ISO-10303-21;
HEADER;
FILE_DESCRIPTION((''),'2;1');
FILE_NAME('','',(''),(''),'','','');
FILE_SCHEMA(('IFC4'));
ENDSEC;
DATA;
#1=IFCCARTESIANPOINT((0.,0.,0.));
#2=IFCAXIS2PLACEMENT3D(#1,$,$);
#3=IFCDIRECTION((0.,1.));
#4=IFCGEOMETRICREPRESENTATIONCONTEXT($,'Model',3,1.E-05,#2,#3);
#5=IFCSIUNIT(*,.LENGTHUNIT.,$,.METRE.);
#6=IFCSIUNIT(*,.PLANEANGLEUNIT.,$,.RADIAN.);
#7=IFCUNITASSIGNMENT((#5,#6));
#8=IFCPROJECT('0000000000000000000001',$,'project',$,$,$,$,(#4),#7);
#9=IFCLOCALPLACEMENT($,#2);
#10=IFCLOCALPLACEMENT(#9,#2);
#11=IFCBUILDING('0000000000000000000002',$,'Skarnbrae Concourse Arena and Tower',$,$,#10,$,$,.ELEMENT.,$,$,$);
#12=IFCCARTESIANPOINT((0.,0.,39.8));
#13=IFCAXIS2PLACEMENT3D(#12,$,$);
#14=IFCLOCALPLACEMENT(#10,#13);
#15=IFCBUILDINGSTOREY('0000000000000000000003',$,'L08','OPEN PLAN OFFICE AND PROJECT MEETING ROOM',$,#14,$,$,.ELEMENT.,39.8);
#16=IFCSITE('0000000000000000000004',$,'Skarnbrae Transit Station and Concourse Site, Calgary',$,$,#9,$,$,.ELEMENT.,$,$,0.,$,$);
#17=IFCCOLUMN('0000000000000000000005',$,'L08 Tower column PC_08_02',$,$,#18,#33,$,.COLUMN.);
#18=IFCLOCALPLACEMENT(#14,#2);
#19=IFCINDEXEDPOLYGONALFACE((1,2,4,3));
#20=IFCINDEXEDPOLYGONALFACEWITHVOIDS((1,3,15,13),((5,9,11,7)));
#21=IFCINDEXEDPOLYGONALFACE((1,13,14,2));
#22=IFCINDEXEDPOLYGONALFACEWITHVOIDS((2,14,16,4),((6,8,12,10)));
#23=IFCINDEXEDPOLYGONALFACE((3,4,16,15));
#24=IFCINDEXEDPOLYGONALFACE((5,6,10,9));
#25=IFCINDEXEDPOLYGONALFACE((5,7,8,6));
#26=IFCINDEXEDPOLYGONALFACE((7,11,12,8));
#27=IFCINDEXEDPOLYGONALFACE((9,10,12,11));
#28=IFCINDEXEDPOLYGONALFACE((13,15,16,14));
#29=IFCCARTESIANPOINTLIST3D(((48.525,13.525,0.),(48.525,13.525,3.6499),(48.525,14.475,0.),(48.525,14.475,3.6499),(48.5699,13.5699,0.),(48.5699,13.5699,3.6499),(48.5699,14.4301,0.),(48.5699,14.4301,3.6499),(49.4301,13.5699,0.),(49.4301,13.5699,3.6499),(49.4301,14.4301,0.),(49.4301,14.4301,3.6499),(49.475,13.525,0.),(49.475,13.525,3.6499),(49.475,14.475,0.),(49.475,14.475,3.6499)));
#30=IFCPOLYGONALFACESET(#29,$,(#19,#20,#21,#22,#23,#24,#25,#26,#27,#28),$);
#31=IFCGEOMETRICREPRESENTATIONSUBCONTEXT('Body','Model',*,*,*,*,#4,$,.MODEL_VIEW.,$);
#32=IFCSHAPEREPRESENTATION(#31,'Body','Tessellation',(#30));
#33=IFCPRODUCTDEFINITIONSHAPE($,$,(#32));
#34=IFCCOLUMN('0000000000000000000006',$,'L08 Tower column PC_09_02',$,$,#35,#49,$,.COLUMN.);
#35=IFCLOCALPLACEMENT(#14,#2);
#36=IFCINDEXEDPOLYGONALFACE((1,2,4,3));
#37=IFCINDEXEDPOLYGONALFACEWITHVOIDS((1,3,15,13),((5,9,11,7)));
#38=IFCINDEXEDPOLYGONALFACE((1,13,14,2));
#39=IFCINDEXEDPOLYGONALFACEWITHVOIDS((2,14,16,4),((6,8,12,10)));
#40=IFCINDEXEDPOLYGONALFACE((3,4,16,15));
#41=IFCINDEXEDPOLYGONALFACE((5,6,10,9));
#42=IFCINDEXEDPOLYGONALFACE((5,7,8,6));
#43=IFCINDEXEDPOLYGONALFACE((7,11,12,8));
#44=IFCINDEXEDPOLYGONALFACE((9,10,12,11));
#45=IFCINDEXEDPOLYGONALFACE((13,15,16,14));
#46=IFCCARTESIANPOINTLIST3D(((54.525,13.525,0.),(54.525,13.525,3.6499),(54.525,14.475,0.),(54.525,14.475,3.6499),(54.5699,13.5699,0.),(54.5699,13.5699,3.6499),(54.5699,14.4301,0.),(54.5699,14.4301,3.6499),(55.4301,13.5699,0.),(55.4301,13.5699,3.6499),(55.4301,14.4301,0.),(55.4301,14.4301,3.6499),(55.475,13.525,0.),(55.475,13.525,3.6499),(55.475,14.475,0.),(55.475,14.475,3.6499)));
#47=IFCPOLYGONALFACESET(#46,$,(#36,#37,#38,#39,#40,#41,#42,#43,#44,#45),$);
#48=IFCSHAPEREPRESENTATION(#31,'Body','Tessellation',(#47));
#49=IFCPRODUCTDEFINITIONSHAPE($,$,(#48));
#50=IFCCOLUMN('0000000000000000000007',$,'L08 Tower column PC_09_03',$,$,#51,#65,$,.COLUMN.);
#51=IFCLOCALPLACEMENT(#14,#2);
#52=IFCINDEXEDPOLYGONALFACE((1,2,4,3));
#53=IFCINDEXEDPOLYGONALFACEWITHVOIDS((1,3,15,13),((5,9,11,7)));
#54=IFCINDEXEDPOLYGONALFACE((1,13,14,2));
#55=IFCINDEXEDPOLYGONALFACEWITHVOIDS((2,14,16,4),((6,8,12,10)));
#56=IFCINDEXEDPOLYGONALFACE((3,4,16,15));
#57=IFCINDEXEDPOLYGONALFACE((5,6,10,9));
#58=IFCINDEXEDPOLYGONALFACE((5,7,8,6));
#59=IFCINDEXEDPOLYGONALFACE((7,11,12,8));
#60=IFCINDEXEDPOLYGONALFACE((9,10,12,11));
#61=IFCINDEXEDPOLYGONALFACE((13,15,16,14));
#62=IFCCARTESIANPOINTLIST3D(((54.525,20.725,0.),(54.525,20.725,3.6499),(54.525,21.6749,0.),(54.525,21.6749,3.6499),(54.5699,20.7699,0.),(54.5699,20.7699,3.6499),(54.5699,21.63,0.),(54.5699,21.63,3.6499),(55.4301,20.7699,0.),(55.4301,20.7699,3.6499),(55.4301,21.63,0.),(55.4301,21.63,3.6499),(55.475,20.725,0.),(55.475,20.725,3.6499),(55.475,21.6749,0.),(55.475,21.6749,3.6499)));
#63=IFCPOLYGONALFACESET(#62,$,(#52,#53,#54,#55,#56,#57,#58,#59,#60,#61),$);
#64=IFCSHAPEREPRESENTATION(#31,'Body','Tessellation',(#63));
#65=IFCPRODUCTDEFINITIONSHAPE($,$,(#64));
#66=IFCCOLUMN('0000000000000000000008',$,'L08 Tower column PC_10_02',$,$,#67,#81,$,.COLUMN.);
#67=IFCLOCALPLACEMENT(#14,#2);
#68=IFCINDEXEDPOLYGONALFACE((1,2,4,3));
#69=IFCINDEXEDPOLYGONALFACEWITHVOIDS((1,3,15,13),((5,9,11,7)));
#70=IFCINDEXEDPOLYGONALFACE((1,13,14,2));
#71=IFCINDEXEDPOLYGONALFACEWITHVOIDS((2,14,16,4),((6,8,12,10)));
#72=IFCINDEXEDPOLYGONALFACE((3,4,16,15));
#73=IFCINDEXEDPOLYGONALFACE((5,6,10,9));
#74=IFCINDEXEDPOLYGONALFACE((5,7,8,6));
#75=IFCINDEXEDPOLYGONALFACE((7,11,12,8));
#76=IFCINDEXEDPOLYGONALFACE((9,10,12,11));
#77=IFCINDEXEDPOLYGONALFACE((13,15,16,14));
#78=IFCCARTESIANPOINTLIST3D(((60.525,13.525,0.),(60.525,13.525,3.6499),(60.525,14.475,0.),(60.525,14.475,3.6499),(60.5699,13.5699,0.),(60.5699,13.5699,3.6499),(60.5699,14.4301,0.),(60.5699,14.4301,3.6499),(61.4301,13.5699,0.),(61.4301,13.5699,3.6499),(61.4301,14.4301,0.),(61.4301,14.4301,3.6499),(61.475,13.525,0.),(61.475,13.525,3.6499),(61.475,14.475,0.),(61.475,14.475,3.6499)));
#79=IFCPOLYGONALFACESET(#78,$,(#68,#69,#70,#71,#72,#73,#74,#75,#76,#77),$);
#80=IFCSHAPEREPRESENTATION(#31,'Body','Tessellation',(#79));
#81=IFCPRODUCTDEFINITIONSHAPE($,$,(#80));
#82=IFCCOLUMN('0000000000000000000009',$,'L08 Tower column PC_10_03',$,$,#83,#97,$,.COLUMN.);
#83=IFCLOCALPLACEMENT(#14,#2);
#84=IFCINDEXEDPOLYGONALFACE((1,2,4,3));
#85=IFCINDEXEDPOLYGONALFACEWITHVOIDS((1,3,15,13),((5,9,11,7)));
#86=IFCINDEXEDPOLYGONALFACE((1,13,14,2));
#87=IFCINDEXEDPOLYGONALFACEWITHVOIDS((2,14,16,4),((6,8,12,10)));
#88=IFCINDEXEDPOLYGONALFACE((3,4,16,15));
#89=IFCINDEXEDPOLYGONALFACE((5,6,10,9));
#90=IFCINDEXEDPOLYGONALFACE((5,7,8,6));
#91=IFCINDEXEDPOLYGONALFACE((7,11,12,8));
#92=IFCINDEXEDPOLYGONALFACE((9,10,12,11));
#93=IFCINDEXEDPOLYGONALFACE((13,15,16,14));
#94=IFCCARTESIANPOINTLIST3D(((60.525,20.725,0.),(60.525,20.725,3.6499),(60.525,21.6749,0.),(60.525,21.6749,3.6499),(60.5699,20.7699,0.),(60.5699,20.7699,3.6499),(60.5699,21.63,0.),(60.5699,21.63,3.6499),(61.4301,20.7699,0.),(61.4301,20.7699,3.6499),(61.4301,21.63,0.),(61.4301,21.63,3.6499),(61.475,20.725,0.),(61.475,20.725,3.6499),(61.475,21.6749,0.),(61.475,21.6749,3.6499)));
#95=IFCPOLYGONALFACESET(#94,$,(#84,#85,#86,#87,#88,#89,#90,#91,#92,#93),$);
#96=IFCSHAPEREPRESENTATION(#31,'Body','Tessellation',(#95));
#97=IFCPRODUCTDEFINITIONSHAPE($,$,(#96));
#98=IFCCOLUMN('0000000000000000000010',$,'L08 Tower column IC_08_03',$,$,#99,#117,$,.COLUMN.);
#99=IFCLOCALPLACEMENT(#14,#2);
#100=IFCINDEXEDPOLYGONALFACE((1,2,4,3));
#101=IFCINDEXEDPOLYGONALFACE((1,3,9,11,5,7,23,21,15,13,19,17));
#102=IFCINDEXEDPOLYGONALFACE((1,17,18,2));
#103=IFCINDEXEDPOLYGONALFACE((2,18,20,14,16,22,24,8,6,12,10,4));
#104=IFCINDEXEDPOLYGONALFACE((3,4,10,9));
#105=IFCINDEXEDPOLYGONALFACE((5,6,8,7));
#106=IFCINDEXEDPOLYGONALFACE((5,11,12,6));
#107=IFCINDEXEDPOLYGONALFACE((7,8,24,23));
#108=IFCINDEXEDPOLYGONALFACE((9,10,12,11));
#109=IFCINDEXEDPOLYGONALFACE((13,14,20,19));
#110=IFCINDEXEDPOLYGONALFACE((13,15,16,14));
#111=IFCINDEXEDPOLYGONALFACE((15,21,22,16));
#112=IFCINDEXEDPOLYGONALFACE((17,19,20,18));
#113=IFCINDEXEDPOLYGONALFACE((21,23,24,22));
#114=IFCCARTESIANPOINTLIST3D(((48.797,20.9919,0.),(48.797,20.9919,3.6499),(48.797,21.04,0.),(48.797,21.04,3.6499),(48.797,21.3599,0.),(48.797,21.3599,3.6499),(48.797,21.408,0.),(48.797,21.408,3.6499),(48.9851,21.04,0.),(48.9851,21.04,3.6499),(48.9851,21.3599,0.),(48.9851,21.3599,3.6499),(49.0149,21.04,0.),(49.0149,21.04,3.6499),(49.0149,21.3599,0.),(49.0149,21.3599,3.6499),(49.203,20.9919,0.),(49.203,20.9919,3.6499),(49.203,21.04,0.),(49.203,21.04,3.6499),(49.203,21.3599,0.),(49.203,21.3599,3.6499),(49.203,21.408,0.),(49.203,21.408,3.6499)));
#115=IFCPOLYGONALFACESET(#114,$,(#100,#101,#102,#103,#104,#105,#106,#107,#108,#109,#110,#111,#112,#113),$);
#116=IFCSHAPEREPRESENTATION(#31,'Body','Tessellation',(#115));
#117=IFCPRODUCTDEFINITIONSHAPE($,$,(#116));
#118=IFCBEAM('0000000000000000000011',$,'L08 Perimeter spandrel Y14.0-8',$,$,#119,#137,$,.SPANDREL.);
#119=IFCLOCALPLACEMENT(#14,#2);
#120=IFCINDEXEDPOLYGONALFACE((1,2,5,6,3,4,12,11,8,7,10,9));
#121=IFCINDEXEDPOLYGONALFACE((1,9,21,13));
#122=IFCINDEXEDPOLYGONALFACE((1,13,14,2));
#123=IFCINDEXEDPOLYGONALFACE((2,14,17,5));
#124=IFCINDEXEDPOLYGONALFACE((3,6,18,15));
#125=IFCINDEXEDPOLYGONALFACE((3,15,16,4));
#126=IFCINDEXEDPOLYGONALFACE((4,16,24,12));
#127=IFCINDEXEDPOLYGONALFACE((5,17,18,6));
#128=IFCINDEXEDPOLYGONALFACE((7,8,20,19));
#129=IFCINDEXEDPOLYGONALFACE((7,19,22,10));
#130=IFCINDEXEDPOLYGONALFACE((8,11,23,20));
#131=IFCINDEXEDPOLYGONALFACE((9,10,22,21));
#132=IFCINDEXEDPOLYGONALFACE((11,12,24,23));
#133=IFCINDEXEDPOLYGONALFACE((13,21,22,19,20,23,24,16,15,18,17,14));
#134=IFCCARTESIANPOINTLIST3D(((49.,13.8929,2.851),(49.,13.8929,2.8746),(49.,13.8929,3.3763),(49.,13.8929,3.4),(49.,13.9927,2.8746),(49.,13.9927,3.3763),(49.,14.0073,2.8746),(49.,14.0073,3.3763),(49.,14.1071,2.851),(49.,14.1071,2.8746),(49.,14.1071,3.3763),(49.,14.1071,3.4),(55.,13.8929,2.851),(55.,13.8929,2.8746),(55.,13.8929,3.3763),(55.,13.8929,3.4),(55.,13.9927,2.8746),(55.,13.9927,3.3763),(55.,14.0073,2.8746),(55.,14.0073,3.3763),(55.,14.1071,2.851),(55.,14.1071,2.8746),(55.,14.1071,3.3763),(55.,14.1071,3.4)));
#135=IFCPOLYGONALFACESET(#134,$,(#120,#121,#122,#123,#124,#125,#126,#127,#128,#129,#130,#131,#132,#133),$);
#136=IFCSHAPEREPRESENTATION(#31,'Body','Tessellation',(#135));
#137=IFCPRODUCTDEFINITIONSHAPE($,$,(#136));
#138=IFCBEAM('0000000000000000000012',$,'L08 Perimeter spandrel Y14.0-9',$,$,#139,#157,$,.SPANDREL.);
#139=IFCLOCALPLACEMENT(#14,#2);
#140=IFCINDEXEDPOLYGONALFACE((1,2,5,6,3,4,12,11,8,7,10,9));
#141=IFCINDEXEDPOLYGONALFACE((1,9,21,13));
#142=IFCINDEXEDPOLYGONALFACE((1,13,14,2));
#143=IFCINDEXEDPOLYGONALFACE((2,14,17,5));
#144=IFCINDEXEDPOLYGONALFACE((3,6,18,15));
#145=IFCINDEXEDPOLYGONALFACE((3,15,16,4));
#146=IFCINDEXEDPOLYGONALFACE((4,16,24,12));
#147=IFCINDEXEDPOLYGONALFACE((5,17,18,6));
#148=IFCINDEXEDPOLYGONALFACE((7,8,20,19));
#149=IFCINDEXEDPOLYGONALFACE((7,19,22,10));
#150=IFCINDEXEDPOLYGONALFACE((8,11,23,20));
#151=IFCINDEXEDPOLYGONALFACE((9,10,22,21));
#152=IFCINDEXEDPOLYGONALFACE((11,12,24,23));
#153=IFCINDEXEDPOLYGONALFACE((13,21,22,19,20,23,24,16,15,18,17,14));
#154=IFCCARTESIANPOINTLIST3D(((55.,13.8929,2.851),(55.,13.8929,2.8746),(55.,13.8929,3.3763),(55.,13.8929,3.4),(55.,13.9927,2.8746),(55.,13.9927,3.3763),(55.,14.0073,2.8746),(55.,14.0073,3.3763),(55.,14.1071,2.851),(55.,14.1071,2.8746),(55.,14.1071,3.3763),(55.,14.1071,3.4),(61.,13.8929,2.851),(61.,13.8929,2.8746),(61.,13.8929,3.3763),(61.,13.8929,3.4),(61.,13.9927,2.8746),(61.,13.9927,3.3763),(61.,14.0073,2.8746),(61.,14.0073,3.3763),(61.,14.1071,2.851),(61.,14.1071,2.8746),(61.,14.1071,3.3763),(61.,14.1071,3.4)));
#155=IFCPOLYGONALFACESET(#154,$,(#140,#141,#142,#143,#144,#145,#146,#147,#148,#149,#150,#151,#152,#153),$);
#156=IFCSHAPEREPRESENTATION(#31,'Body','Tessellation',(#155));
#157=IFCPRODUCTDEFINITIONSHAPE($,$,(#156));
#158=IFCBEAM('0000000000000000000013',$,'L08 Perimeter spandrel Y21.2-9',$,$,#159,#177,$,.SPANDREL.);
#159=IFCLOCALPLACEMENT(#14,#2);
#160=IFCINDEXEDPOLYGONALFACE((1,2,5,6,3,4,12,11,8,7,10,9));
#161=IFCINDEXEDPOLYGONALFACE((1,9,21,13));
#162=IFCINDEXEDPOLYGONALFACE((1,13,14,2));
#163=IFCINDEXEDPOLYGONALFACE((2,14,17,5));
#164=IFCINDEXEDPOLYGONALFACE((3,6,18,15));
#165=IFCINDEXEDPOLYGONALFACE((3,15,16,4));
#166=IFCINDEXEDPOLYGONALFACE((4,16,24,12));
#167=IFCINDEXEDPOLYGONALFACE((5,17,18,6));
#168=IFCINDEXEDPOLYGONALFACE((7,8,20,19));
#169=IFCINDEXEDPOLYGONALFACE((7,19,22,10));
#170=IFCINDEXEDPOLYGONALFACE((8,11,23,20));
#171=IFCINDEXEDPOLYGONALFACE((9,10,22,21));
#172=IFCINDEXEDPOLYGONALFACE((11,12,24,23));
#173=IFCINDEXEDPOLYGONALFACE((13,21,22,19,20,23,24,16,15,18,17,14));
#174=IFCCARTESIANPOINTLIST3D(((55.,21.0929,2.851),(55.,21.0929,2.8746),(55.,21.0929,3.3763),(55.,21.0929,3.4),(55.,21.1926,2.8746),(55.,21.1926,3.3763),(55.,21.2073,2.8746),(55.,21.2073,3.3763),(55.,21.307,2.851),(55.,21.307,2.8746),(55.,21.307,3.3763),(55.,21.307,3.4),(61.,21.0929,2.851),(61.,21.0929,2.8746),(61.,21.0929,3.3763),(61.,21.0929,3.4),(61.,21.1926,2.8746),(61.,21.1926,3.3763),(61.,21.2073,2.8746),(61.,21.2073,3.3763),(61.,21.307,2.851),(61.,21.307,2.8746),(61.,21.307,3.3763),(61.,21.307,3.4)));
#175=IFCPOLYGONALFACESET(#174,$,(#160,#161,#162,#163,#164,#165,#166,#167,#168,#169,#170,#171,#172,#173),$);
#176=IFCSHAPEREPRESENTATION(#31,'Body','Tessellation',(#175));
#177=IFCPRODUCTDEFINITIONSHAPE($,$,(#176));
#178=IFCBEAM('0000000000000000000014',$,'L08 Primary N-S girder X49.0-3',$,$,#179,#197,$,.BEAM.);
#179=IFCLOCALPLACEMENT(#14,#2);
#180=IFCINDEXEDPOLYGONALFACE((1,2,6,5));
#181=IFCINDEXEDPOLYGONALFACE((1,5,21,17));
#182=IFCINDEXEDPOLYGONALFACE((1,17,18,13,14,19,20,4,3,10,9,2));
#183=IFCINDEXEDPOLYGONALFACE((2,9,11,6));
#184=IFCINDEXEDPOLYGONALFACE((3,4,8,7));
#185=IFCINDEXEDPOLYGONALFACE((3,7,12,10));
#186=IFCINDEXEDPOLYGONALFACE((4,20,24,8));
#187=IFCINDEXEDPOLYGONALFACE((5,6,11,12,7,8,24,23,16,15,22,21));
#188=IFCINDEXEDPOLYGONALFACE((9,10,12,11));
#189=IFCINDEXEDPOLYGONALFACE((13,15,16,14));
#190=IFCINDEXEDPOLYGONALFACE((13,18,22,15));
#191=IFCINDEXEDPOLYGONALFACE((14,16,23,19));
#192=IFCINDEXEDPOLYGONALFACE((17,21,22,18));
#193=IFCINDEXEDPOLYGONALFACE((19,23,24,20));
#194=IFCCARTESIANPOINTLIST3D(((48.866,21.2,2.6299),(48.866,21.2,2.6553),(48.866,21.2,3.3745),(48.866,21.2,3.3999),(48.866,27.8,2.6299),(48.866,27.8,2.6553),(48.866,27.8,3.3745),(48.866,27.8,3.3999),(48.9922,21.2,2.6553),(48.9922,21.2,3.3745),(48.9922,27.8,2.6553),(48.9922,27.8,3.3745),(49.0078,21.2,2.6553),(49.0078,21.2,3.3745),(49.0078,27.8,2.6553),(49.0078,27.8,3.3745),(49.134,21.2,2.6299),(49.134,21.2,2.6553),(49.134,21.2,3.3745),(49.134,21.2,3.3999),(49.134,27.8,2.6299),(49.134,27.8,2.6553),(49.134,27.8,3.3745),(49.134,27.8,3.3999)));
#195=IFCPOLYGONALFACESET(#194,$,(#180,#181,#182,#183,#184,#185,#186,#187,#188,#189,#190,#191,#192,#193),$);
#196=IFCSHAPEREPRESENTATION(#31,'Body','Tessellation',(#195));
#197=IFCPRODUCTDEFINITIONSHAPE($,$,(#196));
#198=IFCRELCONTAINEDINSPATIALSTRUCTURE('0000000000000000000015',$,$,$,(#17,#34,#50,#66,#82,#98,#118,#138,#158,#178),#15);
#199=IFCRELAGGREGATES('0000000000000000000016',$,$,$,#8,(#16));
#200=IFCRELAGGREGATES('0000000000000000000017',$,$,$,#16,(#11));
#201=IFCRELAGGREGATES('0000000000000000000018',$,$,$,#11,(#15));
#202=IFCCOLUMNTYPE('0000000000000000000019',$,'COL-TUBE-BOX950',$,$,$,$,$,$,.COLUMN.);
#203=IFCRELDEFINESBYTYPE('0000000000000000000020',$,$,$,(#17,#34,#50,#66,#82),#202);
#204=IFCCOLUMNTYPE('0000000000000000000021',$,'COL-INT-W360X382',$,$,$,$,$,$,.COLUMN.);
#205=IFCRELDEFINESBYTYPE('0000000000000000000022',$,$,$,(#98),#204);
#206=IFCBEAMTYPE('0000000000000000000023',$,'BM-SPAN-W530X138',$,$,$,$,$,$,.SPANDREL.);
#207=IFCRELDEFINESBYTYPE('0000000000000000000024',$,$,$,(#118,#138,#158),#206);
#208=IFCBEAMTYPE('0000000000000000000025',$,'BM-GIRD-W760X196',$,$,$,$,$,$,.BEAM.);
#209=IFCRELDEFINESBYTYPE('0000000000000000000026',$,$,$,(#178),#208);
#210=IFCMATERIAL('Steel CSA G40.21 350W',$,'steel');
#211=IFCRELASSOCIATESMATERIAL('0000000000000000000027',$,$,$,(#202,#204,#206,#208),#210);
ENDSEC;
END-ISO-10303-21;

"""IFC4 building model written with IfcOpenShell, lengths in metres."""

from ifc_helpers import new_model, si_unit, direction, frame, origin, origin_2d, place, context, subcontext, project, spatial, hollow_rectangle, i_section, extrude, source, transform, mapped, material, material_profile, profile_set, type_object, element, save


model = new_model("IFC4")

# Units and contexts
model_context = context("Model", 3, precision=1e-05, world=origin(), true_north=direction((0.0, 1.0)))
body_context = subcontext(model_context, "Body", "Model", "MODEL_VIEW")
ifc_project = project(units=[si_unit("LENGTHUNIT", "METRE"), si_unit("PLANEANGLEUNIT", "RADIAN")], contexts=[model_context])

# Site, building, storey
site_placement = place(None, origin())
site = spatial("IfcSite", under=ifc_project, at=site_placement, Name="Skarnbrae Transit Station and Concourse Site, Calgary", CompositionType="ELEMENT", RefElevation=0.0)
building_placement = place(site_placement, origin())
building = spatial("IfcBuilding", under=site, at=building_placement, Name="Skarnbrae Concourse Arena and Tower", CompositionType="ELEMENT")
storey_placement = place(building_placement, frame((0.0, 0.0, 39.8)))
storey = spatial("IfcBuildingStorey", under=building, at=storey_placement, Name="L08", Description="OPEN PLAN OFFICE AND PROJECT MEETING ROOM", CompositionType="ELEMENT", Elevation=39.8)

# Columns
ifc_material_1 = material(Name="Steel CSA G40.21 350W", Category="steel")
ifc_material_profile_1 = material_profile(ifc_material_1, hollow_rectangle(XDim=0.95, YDim=0.95, WallThickness=0.0449, at=origin_2d()), Name="BOX950X950X45")
ifc_profile_set_1 = profile_set([ifc_material_profile_1], Name="Steel CSA G40.21 350W")
column_type_1 = type_object("IfcColumnType", Name="COL-TUBE-BOX950", PredefinedType="COLUMN", material=ifc_profile_set_1)
shared_shape_1 = source(origin(), body_context, "Body", "SweptSolid", [
    extrude(hollow_rectangle(XDim=0.95, YDim=0.95, WallThickness=0.0449, at=origin_2d()), origin(), (0.0, 0.0, 1.0), 3.6499),
])
for number, where, z_axis, x_axis, name in (
    (1, (49.0, 14.0, 0.0), (0.0, 0.0, 1.0), (1.0, 0.0, 0.0), "L08 Tower column PC_08_02"),
    (2, (55.0, 14.0, 0.0), (0.0, 0.0, 1.0), (1.0, 0.0, 0.0), "L08 Tower column PC_09_02"),
    (3, (55.0, 21.2, 0.0), (0.0, 0.0, 1.0), (1.0, 0.0, 0.0), "L08 Tower column PC_09_03"),
    (4, (61.0, 14.0, 0.0), (0.0, 0.0, 1.0), (1.0, 0.0, 0.0), "L08 Tower column PC_10_02"),
    (5, (61.0, 21.2, 0.0), (0.0, 0.0, 1.0), (1.0, 0.0, 0.0), "L08 Tower column PC_10_03"),
):
    element("IfcColumn", number, at=place(storey_placement, frame(where, z_axis=z_axis, x_axis=x_axis)), inside=storey, type_object=column_type_1, Name=name, PredefinedType="COLUMN", context=body_context, shape_type="MappedRepresentation", body=[
        mapped(shared_shape_1, transform((0.0, 0.0, 0.0))),
    ])
ifc_material_profile_2 = material_profile(ifc_material_1, i_section(OverallWidth=0.406, OverallDepth=0.416, WebThickness=0.0298, FlangeThickness=0.0481, at=origin_2d()), Name="W360X382")
ifc_profile_set_2 = profile_set([ifc_material_profile_2], Name="Steel CSA G40.21 350W")
column_type_2 = type_object("IfcColumnType", Name="COL-INT-W360X382", PredefinedType="COLUMN", material=ifc_profile_set_2)
shared_shape_2 = source(origin(), body_context, "Body", "SweptSolid", [
    extrude(i_section(OverallWidth=0.406, OverallDepth=0.416, WebThickness=0.0298, FlangeThickness=0.0481, at=origin_2d()), origin(), (0.0, 0.0, 1.0), 3.6499),
])
column_placement = place(storey_placement, frame((49.0, 21.2, 0.0), z_axis=(0.0, 0.0, 1.0), x_axis=(1.0, 0.0, 0.0)))
element("IfcColumn", 6, at=column_placement, inside=storey, type_object=column_type_2, Name="L08 Tower column IC_08_03", PredefinedType="COLUMN", context=body_context, shape_type="MappedRepresentation", body=[
    mapped(shared_shape_2, transform((0.0, 0.0, 0.0))),
])

# Beams
ifc_material_profile_3 = material_profile(ifc_material_1, i_section(OverallWidth=0.2141, OverallDepth=0.5491, WebThickness=0.0146, FlangeThickness=0.0237, at=origin_2d()), Name="W530X138")
ifc_profile_set_3 = profile_set([ifc_material_profile_3], Name="Steel CSA G40.21 350W")
beam_type_1 = type_object("IfcBeamType", Name="BM-SPAN-W530X138", PredefinedType="SPANDREL", material=ifc_profile_set_3)
shared_shape_3 = source(origin(), body_context, "Body", "SweptSolid", [
    extrude(i_section(OverallWidth=0.2141, OverallDepth=0.5491, WebThickness=0.0146, FlangeThickness=0.0237, at=origin_2d()), origin(), (0.0, 0.0, 1.0), 6.0),
])
for number, where, z_axis, x_axis, name in (
    (7, (49.0, 14.0, 3.1255), (1.0, 0.0, 0.0), (0.0, 1.0, 0.0), "L08 Perimeter spandrel Y14.0-8"),
    (8, (55.0, 14.0, 3.1255), (1.0, 0.0, 0.0), (0.0, 1.0, 0.0), "L08 Perimeter spandrel Y14.0-9"),
    (9, (55.0, 21.2, 3.1255), (1.0, 0.0, 0.0), (0.0, 1.0, 0.0), "L08 Perimeter spandrel Y21.2-9"),
):
    element("IfcBeam", number, at=place(storey_placement, frame(where, z_axis=z_axis, x_axis=x_axis)), inside=storey, type_object=beam_type_1, Name=name, PredefinedType="SPANDREL", context=body_context, shape_type="MappedRepresentation", body=[
        mapped(shared_shape_3, transform((0.0, 0.0, 0.0))),
    ])
ifc_material_profile_4 = material_profile(ifc_material_1, i_section(OverallWidth=0.2681, OverallDepth=0.77, WebThickness=0.0156, FlangeThickness=0.0254, at=origin_2d()), Name="W760X196")
ifc_profile_set_4 = profile_set([ifc_material_profile_4], Name="Steel CSA G40.21 350W")
beam_type_2 = type_object("IfcBeamType", Name="BM-GIRD-W760X196", PredefinedType="BEAM", material=ifc_profile_set_4)
shared_shape_4 = source(origin(), body_context, "Body", "SweptSolid", [
    extrude(i_section(OverallWidth=0.2681, OverallDepth=0.77, WebThickness=0.0156, FlangeThickness=0.0254, at=origin_2d()), origin(), (0.0, 0.0, 1.0), 6.6001),
])
beam_1_placement = place(storey_placement, frame((49.0, 21.2, 3.0149), z_axis=(0.0, 1.0, 0.0), x_axis=(-1.0, 0.0, 0.0)))
element("IfcBeam", 10, at=beam_1_placement, inside=storey, type_object=beam_type_2, Name="L08 Primary N-S girder X49.0-3", PredefinedType="BEAM", context=body_context, shape_type="MappedRepresentation", body=[
    mapped(shared_shape_4, transform((0.0, 0.0, 0.0))),
])

save(model, "model.ifc")
